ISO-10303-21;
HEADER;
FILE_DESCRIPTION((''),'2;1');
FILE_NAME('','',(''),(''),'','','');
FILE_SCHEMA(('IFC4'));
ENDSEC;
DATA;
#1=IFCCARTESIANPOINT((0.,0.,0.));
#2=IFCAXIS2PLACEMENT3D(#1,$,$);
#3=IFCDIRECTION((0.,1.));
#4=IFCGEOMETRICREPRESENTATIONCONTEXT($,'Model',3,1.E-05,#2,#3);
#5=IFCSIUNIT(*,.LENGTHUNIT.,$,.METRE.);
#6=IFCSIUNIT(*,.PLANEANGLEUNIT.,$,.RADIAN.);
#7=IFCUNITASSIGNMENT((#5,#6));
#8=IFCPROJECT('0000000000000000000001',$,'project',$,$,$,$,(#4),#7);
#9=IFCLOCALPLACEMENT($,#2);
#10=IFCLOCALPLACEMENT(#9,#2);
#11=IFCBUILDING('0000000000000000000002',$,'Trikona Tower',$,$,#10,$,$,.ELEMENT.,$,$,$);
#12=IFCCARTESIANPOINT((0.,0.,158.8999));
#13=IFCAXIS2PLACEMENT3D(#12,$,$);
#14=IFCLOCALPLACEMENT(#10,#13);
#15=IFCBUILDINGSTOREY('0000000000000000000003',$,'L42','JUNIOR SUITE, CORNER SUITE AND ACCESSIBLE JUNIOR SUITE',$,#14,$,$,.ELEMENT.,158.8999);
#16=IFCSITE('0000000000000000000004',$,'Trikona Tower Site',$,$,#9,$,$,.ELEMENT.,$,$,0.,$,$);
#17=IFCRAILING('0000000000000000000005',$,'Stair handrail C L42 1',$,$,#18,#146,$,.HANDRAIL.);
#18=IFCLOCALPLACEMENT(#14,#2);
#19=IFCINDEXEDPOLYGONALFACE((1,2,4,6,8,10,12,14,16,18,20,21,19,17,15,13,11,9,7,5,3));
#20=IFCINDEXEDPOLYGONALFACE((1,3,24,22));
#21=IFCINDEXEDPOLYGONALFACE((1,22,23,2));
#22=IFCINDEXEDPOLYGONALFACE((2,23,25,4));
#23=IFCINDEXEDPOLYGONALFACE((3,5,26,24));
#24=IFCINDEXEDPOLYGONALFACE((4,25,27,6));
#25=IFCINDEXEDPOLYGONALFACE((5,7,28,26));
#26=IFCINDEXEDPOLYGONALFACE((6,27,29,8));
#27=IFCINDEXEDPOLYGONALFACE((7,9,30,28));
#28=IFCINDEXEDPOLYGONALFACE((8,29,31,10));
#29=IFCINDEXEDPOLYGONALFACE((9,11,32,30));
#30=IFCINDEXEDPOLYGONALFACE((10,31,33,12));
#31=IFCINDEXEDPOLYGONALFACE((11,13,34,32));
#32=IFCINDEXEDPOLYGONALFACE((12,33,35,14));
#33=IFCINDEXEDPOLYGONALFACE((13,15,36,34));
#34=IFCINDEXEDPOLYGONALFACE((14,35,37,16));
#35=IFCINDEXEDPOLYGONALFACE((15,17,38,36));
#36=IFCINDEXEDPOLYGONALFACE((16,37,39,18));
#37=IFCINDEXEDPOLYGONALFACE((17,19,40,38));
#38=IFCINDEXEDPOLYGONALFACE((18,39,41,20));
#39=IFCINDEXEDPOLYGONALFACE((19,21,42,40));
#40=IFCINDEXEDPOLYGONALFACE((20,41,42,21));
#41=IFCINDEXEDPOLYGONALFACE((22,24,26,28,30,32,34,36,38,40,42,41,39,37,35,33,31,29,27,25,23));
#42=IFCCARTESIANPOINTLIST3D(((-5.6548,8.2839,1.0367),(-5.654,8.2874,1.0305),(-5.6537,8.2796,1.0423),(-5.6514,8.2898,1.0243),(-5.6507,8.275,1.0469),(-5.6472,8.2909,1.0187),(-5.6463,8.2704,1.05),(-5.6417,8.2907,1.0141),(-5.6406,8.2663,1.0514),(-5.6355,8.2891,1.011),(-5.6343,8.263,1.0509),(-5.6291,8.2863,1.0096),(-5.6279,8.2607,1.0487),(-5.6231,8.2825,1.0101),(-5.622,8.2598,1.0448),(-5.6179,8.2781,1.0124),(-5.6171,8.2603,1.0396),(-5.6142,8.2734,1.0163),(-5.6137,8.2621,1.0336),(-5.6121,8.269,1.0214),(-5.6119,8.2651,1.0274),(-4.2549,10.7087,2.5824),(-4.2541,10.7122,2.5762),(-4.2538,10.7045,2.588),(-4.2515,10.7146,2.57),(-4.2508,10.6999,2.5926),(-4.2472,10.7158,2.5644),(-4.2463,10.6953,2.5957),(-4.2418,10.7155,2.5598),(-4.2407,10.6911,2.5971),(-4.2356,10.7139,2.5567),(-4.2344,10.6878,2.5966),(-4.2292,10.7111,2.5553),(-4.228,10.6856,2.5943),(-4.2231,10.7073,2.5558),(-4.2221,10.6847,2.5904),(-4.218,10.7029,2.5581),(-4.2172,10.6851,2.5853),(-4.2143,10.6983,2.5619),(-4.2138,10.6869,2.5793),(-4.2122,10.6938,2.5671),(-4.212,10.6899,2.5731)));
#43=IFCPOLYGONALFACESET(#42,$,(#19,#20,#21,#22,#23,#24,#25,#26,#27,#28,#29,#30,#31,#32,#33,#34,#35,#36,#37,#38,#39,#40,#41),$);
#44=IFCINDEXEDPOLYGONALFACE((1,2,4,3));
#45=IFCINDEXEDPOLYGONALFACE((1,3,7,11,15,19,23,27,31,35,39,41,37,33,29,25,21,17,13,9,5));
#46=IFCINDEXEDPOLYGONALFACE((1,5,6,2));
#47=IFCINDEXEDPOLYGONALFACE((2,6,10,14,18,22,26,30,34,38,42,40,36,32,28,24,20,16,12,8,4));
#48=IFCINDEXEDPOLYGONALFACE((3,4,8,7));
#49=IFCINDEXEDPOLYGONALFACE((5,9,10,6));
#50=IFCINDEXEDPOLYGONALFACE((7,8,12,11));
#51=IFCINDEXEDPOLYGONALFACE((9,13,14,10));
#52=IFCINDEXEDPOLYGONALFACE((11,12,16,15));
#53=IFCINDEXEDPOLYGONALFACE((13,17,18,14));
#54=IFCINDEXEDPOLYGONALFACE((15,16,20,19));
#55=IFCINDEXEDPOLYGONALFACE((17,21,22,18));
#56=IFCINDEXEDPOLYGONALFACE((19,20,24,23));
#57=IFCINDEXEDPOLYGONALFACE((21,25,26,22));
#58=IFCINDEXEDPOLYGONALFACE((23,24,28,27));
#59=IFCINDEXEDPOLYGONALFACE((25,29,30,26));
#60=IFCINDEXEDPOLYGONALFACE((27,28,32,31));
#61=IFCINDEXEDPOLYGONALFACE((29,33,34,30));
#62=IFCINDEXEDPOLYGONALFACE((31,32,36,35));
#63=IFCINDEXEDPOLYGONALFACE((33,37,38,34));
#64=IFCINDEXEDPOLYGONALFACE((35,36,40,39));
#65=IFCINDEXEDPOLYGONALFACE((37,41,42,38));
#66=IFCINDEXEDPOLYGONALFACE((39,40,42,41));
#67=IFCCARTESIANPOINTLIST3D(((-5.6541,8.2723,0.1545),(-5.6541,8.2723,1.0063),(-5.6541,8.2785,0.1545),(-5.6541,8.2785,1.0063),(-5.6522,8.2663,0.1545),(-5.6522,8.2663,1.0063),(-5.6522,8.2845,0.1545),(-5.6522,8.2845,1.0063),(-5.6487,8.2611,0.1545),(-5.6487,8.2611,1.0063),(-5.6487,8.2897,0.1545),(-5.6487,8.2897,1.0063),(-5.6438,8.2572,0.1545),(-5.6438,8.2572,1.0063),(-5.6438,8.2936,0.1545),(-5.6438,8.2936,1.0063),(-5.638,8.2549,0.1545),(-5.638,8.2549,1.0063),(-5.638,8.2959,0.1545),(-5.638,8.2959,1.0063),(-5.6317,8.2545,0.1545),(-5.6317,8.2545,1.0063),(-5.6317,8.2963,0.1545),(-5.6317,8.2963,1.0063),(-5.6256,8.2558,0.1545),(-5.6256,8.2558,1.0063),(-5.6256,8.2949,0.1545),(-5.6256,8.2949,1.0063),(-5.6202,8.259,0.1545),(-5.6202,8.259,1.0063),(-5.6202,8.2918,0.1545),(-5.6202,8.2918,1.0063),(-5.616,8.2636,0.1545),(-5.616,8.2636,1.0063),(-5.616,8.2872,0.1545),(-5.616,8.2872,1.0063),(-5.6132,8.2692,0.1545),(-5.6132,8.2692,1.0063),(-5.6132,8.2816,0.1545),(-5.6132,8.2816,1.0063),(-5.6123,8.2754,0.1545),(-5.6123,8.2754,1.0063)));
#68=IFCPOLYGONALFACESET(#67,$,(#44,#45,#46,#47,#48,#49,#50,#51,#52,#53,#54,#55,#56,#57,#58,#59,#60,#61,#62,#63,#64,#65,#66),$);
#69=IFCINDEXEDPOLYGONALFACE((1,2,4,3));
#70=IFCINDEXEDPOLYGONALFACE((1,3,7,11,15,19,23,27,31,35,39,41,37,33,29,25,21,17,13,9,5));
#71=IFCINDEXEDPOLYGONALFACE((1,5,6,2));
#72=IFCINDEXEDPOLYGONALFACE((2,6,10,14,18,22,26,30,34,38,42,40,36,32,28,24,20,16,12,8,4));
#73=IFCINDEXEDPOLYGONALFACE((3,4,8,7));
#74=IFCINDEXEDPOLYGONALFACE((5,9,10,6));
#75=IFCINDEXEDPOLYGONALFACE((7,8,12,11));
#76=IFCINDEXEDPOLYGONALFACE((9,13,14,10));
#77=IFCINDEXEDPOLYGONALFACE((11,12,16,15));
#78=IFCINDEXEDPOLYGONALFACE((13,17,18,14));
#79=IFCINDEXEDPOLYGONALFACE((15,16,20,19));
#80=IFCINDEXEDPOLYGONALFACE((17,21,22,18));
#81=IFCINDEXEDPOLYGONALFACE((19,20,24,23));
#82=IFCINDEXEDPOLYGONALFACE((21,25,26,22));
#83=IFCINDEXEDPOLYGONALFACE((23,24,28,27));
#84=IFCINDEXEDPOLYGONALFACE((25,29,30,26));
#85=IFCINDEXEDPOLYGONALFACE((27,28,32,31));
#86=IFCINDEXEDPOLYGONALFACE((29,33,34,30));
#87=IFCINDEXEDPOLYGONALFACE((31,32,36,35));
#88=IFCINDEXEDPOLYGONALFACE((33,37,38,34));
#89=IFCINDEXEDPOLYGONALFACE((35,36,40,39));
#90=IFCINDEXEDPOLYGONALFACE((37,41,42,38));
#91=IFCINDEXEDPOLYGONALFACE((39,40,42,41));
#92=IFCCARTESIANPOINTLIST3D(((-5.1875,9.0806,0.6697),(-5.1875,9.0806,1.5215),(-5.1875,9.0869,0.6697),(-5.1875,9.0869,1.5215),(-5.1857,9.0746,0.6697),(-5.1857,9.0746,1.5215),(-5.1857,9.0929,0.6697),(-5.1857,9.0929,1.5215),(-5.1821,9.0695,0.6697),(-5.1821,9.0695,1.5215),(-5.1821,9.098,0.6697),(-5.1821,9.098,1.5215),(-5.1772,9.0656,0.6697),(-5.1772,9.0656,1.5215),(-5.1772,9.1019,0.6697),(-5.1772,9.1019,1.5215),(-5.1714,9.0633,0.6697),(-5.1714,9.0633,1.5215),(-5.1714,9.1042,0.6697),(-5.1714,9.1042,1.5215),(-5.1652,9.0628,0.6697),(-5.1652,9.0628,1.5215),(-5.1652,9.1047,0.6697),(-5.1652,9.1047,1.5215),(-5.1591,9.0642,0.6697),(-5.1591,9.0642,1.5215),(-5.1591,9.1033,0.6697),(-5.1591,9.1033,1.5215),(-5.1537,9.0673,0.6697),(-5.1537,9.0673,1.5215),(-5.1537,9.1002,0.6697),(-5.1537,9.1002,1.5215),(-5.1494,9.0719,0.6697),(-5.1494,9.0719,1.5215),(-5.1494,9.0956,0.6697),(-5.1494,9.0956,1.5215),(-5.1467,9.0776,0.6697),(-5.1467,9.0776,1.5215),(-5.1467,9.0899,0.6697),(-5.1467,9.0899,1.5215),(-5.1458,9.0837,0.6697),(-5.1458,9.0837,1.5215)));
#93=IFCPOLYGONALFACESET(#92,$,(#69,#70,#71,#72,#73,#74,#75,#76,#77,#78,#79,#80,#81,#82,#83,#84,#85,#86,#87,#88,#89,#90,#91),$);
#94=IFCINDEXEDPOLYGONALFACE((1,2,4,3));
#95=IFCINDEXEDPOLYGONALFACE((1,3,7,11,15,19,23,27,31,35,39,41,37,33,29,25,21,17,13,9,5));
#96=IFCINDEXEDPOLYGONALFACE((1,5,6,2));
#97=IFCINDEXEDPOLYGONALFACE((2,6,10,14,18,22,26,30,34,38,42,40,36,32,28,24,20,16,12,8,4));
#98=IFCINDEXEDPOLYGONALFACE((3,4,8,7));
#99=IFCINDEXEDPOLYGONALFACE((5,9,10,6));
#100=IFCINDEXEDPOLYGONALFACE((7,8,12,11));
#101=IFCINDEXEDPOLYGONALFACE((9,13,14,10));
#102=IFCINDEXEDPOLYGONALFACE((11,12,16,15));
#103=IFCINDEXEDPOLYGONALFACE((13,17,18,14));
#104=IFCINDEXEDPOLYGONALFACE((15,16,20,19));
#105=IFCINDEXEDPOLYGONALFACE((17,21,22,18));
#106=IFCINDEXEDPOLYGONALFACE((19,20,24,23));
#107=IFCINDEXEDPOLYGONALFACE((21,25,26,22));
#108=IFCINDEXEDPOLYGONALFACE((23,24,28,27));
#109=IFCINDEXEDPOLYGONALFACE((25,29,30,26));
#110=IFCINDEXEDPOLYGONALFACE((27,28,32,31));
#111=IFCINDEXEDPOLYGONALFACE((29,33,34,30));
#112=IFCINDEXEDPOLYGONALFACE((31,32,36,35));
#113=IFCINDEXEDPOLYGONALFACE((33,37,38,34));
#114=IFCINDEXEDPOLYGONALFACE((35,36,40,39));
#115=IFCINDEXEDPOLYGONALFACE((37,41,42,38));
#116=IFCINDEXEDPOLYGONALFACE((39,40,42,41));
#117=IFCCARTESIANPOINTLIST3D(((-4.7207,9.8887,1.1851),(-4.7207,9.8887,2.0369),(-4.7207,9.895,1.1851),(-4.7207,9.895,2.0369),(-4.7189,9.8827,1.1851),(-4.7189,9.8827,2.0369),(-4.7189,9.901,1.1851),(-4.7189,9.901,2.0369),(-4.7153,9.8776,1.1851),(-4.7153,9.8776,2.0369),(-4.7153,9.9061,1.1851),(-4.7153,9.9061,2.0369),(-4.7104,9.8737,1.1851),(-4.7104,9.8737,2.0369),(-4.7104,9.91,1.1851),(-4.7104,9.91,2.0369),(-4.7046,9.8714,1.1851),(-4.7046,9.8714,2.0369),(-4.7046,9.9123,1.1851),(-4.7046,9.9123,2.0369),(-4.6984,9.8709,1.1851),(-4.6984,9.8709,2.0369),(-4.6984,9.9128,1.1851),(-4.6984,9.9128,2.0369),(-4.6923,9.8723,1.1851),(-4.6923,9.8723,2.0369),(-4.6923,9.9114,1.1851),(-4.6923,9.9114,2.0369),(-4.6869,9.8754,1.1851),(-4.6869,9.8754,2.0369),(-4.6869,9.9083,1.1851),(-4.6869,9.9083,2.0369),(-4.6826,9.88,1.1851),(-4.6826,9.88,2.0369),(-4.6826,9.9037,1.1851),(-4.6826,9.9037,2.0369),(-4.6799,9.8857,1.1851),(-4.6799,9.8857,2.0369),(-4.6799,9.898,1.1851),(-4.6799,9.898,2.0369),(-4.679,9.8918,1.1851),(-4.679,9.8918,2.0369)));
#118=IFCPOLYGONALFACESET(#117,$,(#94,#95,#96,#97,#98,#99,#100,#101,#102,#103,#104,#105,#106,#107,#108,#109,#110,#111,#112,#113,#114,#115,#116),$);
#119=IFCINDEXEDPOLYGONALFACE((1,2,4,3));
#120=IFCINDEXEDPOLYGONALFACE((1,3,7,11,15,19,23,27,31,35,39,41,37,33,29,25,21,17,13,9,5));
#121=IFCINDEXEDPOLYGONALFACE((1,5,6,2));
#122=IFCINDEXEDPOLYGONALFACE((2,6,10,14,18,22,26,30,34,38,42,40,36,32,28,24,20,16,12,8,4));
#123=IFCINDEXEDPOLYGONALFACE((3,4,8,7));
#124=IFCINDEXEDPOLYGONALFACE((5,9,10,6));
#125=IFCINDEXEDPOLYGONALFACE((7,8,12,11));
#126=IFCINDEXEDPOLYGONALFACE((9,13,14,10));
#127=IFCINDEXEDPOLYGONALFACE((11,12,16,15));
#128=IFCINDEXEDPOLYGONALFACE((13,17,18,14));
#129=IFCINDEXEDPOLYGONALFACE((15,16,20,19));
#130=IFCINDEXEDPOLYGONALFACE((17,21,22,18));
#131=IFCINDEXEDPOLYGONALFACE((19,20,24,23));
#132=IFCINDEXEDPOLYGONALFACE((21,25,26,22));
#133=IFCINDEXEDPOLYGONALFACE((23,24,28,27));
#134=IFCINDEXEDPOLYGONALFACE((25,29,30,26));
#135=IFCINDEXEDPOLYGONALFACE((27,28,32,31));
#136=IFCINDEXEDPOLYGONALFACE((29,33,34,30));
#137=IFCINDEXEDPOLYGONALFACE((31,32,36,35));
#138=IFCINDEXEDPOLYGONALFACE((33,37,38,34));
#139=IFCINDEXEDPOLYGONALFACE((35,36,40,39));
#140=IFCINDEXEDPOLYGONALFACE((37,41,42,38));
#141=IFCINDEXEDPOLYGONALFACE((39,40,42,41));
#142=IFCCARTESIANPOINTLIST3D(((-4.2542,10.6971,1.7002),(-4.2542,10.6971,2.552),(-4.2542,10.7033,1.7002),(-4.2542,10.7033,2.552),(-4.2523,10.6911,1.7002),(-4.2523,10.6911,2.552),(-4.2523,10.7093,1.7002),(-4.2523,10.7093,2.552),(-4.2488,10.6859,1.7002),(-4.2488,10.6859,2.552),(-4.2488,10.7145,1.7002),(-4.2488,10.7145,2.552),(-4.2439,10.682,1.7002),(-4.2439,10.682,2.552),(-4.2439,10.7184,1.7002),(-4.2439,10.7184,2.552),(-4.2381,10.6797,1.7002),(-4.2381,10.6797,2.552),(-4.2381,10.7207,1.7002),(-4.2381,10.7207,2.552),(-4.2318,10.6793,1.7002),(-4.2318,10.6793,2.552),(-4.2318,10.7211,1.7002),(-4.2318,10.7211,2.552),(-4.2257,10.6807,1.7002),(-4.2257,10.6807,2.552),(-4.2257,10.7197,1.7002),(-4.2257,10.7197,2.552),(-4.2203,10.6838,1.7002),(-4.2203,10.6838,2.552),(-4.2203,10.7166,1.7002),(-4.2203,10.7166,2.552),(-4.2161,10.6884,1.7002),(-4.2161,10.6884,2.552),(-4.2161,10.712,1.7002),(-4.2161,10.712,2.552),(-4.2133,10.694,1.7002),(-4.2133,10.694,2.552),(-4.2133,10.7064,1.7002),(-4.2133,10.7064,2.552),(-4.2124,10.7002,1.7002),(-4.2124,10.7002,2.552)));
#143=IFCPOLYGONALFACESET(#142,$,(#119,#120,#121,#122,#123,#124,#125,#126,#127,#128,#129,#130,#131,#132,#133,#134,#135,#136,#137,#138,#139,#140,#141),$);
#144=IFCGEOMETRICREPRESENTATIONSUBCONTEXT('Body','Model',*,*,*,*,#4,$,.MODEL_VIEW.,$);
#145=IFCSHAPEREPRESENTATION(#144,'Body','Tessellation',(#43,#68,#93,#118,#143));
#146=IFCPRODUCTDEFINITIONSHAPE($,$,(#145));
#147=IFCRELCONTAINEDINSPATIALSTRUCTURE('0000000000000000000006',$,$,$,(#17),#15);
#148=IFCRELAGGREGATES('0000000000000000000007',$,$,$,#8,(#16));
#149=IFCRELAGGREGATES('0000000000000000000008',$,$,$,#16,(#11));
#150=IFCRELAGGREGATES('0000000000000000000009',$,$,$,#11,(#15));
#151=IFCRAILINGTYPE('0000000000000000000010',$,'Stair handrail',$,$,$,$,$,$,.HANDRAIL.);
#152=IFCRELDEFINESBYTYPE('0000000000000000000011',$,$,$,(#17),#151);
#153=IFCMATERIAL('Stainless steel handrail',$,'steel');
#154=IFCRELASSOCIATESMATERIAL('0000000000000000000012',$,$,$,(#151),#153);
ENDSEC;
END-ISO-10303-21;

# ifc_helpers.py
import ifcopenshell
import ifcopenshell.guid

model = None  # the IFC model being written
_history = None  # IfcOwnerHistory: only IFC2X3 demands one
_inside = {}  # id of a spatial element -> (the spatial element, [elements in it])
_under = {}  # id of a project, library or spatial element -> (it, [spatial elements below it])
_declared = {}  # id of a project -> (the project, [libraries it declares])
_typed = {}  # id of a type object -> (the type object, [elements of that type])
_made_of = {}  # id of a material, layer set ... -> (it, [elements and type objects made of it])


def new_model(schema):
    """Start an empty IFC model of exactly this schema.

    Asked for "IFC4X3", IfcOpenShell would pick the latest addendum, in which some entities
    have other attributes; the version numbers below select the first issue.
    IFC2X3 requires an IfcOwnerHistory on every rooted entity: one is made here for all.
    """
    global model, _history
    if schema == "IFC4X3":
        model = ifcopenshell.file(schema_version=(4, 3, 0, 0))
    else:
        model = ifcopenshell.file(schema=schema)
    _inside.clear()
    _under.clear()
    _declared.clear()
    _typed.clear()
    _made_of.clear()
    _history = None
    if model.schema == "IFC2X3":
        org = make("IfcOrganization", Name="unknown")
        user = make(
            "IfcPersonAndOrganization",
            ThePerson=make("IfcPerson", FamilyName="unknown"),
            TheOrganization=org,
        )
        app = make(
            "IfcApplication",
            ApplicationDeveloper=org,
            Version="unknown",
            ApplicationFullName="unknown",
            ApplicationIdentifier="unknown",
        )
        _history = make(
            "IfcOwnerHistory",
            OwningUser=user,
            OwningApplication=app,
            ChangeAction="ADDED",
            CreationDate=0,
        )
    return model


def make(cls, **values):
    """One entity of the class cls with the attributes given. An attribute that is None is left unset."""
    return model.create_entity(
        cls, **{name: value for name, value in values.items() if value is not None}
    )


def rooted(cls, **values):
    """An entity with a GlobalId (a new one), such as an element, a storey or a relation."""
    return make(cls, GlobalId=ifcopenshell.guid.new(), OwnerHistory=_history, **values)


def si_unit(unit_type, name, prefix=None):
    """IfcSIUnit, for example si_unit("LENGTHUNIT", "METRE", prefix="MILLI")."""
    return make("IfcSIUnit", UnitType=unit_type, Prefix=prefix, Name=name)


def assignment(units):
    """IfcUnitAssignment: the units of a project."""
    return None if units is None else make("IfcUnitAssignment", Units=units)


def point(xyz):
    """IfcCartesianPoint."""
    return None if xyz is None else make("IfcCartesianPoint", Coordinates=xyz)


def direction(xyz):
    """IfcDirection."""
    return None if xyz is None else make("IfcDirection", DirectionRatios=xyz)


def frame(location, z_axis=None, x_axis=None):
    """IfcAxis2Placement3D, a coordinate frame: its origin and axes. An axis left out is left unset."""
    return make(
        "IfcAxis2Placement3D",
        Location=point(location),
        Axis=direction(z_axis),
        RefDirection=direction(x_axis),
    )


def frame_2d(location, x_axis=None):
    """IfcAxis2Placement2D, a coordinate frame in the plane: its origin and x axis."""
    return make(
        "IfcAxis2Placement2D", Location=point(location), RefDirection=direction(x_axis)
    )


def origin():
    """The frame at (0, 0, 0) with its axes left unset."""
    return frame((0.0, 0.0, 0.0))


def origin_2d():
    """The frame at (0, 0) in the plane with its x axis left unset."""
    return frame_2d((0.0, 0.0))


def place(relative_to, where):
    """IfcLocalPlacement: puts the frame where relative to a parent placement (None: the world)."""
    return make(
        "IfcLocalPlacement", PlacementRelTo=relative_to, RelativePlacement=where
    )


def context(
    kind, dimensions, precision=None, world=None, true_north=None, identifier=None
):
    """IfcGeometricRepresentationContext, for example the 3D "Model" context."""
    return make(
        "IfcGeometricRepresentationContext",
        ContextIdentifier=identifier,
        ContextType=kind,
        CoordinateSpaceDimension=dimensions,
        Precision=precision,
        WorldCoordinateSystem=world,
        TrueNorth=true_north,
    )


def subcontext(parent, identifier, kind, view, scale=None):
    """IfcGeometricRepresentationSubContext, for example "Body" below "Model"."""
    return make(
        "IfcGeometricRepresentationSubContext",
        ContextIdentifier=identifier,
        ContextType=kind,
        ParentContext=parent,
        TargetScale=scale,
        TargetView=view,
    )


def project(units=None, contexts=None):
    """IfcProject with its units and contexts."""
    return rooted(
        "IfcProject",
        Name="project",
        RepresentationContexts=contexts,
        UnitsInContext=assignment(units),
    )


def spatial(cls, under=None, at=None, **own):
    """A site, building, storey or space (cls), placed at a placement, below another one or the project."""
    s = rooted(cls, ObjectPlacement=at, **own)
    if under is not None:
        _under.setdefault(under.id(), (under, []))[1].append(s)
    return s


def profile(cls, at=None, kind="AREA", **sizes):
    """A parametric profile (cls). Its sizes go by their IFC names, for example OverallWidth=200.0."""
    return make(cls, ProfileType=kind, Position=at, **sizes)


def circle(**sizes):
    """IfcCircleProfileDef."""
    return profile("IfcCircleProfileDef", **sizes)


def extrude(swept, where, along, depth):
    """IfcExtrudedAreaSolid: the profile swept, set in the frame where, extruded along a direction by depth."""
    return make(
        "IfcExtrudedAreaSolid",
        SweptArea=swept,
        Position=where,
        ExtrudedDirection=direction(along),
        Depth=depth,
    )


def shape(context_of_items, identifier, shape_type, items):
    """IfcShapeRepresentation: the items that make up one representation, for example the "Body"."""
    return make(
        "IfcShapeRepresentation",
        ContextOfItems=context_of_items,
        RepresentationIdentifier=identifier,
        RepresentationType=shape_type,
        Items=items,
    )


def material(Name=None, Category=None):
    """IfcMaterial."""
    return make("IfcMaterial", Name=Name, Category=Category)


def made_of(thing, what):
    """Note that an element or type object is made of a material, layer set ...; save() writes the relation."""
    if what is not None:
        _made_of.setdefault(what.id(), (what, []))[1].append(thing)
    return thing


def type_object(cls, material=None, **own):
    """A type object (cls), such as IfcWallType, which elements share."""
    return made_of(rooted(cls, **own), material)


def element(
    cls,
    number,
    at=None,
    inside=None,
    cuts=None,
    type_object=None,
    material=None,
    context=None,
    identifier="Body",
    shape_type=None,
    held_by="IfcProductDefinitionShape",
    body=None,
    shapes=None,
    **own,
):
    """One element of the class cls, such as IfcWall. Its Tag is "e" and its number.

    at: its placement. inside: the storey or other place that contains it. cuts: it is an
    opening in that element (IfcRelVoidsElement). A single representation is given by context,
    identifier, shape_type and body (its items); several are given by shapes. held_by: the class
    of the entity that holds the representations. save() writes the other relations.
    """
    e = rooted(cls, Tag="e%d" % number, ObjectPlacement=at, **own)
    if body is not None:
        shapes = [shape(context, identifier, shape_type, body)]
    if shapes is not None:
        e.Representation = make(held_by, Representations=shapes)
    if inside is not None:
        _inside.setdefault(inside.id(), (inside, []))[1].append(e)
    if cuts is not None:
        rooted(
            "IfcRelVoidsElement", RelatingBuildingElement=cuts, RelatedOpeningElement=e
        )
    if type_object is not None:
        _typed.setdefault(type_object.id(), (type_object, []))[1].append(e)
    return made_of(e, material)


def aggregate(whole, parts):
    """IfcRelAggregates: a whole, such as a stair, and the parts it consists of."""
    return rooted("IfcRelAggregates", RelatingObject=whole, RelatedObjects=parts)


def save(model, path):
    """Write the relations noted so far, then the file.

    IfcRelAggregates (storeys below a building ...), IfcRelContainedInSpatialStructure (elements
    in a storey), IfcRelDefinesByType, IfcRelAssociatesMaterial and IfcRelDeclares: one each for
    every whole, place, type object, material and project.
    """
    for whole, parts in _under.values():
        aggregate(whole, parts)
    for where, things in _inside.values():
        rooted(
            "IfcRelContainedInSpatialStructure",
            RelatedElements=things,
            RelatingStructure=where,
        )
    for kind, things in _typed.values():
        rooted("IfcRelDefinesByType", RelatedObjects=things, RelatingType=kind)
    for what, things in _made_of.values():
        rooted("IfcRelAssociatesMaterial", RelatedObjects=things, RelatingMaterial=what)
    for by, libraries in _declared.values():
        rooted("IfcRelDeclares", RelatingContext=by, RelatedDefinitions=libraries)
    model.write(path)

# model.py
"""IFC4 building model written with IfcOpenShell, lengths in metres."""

from ifc_helpers import new_model, si_unit, direction, frame, origin, origin_2d, place, context, subcontext, project, spatial, circle, extrude, material, type_object, element, save


model = new_model("IFC4")

# Units and contexts
model_context = context("Model", 3, precision=1e-05, world=origin(), true_north=direction((0.0, 1.0)))
body_context = subcontext(model_context, "Body", "Model", "MODEL_VIEW")
ifc_project = project(units=[si_unit("LENGTHUNIT", "METRE"), si_unit("PLANEANGLEUNIT", "RADIAN")], contexts=[model_context])

# Site, building, storey
site_placement = place(None, origin())
site = spatial("IfcSite", under=ifc_project, at=site_placement, Name="Trikona Tower Site", CompositionType="ELEMENT", RefElevation=0.0)
building_placement = place(site_placement, origin())
building = spatial("IfcBuilding", under=site, at=building_placement, Name="Trikona Tower", CompositionType="ELEMENT")
storey_placement = place(building_placement, frame((0.0, 0.0, 158.8999)))
storey = spatial("IfcBuildingStorey", under=building, at=storey_placement, Name="L42", Description="JUNIOR SUITE, CORNER SUITE AND ACCESSIBLE JUNIOR SUITE", CompositionType="ELEMENT", Elevation=158.8999)

# Railing
ifc_material_1 = material(Name="Stainless steel handrail", Category="steel")
railing_type = type_object("IfcRailingType", Name="Stair handrail", PredefinedType="HANDRAIL", material=ifc_material_1)
railing_1_placement = place(storey_placement, frame((-5.6333, 8.2754, 0.1545)))
element("IfcRailing", 1, at=railing_1_placement, inside=storey, type_object=railing_type, Name="Stair handrail C L42 1", PredefinedType="HANDRAIL", context=body_context, shape_type="SweptSolid", body=[
    extrude(circle(Radius=0.0239, at=origin_2d()), frame((0.0, 0.0, 0.876), z_axis=(0.437716, 0.758179, 0.48329), x_axis=(-0.866035, 0.499984, 0.0)), (0.0, 0.0, 1.0), 3.1982),
    extrude(circle(Radius=0.021, at=origin_2d()), origin(), (0.0, 0.0, 1.0), 0.8518),
    extrude(circle(Radius=0.021, at=origin_2d()), frame((0.4666, 0.8083, 0.5151)), (0.0, 0.0, 1.0), 0.8518),
    extrude(circle(Radius=0.021, at=origin_2d()), frame((0.9333, 1.6165, 1.0305)), (0.0, 0.0, 1.0), 0.8518),
    extrude(circle(Radius=0.021, at=origin_2d()), frame((1.3999, 2.4248, 1.5457)), (0.0, 0.0, 1.0), 0.8518),
])

save(model, "model.ifc")
